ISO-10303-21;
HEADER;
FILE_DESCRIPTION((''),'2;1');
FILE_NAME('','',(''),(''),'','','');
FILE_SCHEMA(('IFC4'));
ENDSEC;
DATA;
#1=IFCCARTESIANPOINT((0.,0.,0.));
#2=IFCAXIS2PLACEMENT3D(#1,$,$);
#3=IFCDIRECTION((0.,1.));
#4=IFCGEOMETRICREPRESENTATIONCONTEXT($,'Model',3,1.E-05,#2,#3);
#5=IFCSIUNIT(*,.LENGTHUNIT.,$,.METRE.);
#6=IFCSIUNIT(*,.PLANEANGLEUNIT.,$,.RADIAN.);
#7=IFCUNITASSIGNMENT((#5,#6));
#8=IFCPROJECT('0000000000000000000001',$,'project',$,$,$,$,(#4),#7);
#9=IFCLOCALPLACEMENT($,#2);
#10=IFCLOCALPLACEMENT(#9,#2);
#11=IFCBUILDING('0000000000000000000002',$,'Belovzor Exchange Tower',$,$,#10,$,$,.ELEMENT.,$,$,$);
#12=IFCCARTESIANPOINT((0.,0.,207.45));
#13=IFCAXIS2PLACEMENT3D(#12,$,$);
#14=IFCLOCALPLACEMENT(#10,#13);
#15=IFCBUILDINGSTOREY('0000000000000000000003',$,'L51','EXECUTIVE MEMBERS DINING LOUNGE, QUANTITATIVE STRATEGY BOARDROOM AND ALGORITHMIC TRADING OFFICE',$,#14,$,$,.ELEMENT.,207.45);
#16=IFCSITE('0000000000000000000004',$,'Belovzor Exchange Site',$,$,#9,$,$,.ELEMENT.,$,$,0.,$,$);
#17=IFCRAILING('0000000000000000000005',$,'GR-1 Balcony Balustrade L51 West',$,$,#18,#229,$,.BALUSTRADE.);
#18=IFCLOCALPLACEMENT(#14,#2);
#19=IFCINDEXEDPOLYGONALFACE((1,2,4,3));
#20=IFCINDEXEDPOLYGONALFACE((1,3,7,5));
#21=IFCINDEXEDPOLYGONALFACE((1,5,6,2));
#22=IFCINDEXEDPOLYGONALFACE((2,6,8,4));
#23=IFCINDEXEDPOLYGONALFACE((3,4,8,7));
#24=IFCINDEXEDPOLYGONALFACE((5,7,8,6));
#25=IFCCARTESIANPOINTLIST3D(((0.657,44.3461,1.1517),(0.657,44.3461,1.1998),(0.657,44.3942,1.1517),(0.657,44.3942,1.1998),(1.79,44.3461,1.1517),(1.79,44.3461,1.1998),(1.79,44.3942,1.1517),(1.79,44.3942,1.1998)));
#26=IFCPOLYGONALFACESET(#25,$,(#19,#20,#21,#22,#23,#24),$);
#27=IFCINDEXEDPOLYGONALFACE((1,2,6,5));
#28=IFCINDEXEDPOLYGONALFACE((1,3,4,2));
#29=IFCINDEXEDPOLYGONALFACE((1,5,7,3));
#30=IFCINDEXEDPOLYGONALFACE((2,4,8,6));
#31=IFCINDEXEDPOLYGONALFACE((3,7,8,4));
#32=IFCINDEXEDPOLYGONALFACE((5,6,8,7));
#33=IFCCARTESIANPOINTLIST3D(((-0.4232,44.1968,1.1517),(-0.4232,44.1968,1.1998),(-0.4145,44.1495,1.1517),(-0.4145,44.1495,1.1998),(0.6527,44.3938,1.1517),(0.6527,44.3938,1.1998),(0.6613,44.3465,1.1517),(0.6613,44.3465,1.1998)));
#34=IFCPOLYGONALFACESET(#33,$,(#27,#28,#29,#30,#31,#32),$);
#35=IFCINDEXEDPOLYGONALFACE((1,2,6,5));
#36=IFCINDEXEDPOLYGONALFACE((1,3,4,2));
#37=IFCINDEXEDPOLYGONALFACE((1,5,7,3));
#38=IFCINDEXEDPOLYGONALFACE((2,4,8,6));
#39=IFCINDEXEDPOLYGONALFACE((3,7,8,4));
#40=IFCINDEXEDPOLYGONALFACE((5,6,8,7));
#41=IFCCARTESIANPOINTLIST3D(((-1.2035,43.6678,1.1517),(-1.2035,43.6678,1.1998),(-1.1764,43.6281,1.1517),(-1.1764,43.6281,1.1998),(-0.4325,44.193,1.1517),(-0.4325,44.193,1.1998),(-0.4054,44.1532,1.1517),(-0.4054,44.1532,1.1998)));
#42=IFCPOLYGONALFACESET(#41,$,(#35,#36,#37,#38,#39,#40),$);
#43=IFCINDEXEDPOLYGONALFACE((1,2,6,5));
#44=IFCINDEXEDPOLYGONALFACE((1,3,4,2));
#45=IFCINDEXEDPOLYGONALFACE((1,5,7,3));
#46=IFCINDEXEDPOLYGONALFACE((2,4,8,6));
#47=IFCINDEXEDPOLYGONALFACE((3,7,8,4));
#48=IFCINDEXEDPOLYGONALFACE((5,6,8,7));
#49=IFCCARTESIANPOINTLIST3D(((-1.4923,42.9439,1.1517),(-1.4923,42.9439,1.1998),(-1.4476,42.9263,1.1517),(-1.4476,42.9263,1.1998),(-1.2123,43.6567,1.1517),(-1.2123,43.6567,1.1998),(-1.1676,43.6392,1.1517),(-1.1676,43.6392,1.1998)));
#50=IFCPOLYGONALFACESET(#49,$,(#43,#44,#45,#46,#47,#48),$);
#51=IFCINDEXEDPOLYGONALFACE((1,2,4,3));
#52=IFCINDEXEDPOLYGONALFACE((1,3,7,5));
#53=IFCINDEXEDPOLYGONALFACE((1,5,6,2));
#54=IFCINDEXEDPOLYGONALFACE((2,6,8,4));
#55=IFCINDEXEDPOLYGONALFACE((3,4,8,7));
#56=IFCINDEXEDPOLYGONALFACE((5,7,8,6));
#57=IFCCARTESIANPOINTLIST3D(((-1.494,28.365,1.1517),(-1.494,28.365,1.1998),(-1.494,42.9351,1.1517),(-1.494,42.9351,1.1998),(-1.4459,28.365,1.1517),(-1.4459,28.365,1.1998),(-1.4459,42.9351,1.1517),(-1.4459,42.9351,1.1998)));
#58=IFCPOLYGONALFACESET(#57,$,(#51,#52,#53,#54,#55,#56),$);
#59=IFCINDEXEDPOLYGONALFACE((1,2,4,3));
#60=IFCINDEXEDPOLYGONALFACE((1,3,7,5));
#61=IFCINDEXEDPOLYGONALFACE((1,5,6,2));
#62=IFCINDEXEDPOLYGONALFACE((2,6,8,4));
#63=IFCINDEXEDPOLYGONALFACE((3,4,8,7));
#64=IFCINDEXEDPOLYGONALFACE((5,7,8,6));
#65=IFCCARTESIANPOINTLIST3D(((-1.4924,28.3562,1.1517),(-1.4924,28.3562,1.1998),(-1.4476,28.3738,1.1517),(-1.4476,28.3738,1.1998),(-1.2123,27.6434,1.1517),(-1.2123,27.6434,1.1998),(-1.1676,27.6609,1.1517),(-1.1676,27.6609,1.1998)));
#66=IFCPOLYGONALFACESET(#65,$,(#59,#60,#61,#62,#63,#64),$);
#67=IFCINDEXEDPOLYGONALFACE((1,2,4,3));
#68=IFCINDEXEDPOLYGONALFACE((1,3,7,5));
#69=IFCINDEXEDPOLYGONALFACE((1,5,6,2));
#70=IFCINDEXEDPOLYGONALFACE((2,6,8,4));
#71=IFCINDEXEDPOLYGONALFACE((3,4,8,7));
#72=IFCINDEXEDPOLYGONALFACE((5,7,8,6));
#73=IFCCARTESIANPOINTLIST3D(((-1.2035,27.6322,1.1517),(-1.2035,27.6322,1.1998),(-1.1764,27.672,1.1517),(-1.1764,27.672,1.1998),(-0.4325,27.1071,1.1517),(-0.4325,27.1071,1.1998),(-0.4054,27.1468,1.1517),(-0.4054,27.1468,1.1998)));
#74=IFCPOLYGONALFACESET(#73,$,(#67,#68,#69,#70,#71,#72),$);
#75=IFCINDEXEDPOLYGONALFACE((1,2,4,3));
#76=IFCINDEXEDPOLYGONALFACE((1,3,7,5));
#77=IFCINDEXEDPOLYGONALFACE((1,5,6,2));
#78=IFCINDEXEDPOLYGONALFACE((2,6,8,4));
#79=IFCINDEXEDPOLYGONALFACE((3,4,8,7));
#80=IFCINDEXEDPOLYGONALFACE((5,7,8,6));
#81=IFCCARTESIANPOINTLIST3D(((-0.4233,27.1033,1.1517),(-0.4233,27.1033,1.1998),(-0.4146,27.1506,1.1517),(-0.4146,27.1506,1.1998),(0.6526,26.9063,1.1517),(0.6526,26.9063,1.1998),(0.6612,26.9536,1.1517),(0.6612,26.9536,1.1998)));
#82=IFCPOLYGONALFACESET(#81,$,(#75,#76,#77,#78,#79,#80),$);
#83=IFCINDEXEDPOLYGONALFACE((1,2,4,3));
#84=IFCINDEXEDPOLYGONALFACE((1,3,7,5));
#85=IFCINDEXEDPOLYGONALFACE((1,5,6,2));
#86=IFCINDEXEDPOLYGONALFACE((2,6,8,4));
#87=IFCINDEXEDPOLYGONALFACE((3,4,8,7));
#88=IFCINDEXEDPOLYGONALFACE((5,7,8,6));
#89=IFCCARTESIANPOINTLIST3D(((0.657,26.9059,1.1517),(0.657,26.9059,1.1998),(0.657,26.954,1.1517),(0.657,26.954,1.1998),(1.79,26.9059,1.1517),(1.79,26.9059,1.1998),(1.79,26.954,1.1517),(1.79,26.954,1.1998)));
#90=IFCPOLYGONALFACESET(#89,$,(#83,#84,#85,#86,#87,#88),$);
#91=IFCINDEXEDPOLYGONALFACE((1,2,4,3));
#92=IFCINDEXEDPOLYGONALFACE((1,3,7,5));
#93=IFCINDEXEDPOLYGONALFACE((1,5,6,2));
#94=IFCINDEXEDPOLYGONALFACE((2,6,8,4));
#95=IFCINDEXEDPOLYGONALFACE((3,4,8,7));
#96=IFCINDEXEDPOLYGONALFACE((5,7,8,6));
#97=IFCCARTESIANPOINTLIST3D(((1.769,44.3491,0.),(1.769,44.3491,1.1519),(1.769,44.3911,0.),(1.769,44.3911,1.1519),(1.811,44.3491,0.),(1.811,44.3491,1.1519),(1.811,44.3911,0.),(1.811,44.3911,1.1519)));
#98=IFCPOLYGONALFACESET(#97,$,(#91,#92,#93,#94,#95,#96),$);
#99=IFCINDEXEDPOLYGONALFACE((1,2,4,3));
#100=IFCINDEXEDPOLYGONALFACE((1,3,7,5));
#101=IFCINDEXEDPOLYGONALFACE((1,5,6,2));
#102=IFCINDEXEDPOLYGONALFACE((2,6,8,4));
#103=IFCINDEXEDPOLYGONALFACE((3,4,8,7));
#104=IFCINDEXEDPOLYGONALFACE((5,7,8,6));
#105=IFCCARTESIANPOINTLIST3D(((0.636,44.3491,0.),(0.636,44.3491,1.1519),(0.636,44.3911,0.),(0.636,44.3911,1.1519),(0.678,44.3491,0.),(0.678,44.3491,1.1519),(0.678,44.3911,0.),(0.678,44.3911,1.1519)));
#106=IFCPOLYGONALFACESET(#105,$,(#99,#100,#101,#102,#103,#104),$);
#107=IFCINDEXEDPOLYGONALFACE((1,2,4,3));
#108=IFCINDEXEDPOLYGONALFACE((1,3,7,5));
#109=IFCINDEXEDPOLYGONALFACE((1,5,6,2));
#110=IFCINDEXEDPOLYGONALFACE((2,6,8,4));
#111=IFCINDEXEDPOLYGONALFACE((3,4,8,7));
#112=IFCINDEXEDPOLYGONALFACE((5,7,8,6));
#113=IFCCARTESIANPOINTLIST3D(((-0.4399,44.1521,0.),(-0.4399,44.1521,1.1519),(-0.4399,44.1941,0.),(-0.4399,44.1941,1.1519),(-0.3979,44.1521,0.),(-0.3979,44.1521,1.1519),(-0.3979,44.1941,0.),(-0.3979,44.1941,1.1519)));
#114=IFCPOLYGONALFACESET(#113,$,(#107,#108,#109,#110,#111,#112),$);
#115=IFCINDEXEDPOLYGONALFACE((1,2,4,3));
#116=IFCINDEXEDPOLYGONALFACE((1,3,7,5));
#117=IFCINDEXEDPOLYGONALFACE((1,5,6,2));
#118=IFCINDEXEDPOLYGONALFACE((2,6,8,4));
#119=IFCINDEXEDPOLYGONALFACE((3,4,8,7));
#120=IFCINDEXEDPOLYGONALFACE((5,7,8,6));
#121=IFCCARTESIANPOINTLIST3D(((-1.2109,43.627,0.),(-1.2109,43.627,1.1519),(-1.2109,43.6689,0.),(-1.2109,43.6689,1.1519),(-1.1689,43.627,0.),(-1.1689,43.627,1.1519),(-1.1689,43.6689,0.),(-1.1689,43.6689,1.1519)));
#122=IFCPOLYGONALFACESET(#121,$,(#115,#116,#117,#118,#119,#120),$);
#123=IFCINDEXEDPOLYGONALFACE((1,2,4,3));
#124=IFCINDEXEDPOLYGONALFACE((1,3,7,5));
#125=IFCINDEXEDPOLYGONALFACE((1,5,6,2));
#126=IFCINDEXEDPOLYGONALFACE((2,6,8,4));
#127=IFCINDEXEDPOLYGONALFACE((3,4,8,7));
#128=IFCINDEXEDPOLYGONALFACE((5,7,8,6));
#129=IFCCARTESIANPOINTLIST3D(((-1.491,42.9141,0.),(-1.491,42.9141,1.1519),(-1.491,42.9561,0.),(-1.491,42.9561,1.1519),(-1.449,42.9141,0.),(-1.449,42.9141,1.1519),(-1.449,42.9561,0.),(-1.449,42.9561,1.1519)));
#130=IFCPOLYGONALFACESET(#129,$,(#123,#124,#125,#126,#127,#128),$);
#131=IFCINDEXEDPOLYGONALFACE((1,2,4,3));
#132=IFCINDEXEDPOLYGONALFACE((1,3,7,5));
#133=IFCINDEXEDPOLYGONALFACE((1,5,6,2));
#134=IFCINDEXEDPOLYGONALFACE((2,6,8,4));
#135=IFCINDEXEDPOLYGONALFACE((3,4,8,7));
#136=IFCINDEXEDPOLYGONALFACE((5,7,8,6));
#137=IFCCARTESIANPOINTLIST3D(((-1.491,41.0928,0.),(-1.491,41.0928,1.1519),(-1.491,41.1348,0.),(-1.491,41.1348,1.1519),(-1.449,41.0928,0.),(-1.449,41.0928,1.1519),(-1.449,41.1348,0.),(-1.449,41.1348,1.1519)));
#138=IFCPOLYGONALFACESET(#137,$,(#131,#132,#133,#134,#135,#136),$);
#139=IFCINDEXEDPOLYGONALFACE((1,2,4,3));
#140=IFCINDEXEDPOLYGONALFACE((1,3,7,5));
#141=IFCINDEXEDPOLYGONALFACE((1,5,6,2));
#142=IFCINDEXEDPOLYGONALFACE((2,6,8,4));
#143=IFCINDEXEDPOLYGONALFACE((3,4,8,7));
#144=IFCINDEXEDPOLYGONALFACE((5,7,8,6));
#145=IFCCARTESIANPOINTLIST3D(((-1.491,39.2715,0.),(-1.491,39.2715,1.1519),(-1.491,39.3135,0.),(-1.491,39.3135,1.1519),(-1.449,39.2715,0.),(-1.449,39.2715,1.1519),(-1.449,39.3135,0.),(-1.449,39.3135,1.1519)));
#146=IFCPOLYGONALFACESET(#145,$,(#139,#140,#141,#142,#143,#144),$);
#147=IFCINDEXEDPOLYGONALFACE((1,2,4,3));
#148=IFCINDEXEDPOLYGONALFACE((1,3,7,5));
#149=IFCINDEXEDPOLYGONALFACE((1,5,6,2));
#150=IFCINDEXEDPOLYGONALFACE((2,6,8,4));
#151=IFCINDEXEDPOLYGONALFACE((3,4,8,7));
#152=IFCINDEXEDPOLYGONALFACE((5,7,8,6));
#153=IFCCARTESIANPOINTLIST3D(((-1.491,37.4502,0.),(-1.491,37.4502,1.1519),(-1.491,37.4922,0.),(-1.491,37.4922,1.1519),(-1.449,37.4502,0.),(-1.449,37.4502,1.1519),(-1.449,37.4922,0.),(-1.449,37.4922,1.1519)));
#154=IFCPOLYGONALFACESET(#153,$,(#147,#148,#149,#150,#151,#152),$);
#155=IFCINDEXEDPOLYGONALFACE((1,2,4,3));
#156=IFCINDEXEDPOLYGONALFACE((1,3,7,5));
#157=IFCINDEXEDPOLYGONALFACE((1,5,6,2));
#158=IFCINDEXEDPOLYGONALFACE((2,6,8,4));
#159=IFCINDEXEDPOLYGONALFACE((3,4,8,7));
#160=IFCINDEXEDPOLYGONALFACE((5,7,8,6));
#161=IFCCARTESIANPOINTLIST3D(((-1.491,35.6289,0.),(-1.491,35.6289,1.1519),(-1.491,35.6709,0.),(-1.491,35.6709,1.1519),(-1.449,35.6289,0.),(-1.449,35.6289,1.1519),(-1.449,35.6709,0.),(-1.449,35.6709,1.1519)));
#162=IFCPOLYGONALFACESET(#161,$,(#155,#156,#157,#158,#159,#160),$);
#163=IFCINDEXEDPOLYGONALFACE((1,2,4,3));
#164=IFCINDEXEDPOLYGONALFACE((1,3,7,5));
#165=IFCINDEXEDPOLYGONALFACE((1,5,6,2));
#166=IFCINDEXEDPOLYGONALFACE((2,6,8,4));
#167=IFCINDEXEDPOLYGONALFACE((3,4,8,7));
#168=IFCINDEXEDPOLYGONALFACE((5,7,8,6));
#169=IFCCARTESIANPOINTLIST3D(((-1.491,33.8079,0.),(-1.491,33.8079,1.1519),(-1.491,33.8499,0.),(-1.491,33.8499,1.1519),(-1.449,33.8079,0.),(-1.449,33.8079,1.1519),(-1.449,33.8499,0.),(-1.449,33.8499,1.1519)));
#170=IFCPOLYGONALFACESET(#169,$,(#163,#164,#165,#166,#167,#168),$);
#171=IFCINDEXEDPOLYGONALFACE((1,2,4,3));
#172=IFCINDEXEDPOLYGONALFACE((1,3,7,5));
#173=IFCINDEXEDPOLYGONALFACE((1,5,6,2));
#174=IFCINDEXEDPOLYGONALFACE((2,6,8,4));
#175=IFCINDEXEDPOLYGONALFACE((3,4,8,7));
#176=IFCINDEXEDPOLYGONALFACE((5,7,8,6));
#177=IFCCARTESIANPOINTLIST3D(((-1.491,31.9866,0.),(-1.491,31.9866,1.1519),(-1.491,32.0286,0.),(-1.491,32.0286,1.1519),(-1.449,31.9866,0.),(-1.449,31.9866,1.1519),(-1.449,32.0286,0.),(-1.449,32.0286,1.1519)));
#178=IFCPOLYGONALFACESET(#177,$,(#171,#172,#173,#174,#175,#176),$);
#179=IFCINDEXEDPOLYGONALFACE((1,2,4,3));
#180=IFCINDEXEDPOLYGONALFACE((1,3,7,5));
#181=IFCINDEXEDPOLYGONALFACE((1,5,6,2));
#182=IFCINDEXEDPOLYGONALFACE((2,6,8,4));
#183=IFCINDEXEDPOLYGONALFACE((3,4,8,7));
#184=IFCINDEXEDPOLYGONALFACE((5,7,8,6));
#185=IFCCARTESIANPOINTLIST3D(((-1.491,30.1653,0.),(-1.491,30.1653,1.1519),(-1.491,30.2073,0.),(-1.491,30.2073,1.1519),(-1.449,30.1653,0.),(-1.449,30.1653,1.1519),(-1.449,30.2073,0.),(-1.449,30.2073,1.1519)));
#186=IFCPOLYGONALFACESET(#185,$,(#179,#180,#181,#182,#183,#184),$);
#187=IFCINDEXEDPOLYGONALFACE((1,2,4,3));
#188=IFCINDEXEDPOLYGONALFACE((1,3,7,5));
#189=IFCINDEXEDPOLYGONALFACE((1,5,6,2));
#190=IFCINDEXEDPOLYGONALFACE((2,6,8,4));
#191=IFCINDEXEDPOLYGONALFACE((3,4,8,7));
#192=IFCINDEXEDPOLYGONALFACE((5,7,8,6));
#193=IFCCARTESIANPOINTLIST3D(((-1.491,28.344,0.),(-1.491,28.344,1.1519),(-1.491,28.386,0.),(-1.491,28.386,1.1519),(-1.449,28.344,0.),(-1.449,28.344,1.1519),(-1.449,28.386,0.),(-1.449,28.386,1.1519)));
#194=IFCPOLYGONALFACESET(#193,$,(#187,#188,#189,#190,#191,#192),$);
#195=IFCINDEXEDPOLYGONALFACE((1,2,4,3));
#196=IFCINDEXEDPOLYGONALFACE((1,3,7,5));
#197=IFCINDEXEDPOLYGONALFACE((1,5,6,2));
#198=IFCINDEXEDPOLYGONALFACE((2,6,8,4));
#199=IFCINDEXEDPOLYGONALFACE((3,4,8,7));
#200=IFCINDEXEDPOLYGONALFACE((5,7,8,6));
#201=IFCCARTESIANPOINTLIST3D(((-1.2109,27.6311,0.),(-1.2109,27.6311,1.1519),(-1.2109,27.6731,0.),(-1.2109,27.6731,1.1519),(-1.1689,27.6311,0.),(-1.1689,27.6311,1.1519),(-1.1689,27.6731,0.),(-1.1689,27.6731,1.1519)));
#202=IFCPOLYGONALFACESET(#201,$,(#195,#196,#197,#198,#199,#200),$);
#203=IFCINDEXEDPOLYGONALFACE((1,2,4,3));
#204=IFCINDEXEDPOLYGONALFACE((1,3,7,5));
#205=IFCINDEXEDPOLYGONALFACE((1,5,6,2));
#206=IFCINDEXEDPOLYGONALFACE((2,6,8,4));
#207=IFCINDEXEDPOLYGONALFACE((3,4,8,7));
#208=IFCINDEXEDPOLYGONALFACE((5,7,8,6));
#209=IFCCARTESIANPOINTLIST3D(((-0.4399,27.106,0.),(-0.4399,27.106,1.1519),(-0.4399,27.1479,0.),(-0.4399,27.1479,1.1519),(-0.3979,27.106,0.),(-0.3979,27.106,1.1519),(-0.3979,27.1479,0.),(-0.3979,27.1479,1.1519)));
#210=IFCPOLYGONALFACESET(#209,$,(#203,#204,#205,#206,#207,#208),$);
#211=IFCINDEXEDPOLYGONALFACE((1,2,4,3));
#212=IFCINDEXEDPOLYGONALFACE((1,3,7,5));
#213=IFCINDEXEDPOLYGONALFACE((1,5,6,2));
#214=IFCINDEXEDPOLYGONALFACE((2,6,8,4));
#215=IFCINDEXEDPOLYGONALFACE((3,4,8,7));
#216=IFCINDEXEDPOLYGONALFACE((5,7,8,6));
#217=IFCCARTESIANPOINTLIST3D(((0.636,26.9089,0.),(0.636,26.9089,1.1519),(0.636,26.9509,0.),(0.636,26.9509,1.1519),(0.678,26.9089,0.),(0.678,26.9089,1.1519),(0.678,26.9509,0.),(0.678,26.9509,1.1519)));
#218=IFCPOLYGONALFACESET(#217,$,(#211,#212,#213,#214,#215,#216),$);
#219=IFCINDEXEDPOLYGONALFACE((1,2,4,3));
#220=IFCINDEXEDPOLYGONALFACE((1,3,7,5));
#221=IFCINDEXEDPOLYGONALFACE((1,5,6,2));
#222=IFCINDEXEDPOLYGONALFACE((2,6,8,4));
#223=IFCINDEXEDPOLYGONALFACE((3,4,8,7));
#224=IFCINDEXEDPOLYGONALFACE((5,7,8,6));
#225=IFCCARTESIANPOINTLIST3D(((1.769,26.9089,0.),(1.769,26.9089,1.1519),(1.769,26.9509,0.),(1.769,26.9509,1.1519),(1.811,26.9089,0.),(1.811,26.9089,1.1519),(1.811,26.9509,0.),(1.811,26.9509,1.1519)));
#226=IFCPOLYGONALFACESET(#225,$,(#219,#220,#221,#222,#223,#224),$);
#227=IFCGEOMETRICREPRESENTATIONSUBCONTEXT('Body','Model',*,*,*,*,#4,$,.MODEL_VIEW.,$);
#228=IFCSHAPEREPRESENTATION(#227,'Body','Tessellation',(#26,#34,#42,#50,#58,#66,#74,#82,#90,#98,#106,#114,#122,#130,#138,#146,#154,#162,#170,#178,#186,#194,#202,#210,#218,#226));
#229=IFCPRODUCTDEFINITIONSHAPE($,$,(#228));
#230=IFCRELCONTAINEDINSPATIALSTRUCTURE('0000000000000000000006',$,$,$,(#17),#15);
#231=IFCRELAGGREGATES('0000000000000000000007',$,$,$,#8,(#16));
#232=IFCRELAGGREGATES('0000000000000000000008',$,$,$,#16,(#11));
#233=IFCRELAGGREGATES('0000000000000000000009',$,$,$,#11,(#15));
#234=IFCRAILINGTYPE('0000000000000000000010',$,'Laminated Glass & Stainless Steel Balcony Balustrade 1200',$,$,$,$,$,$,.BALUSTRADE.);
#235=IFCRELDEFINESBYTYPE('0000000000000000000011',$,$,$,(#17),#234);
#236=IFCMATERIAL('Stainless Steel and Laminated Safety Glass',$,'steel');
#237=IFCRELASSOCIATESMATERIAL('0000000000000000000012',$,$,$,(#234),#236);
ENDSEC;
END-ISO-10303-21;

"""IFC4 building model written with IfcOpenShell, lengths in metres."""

from ifc_helpers import new_model, si_unit, direction, frame, origin, origin_2d, place, context, subcontext, project, spatial, rectangle, extrude, material, type_object, element, save


model = new_model("IFC4")

# Units and contexts
model_context = context("Model", 3, precision=1e-05, world=origin(), true_north=direction((0.0, 1.0)))
body_context = subcontext(model_context, "Body", "Model", "MODEL_VIEW")
ifc_project = project(units=[si_unit("LENGTHUNIT", "METRE"), si_unit("PLANEANGLEUNIT", "RADIAN")], contexts=[model_context])

# Site, building, storey
site_placement = place(None, origin())
site = spatial("IfcSite", under=ifc_project, at=site_placement, Name="Belovzor Exchange Site", CompositionType="ELEMENT", RefElevation=0.0)
building_placement = place(site_placement, origin())
building = spatial("IfcBuilding", under=site, at=building_placement, Name="Belovzor Exchange Tower", CompositionType="ELEMENT")
storey_placement = place(building_placement, frame((0.0, 0.0, 207.45)))
storey = spatial("IfcBuildingStorey", under=building, at=storey_placement, Name="L51", Description="EXECUTIVE MEMBERS DINING LOUNGE, QUANTITATIVE STRATEGY BOARDROOM AND ALGORITHMIC TRADING OFFICE", CompositionType="ELEMENT", Elevation=207.45)

# Railing
ifc_material_1 = material(Name="Stainless Steel and Laminated Safety Glass", Category="steel")
railing_type = type_object("IfcRailingType", Name="Laminated Glass & Stainless Steel Balcony Balustrade 1200", PredefinedType="BALUSTRADE", material=ifc_material_1)
railing_placement = place(storey_placement, frame((1.79, 44.3701, 0.0)))
element("IfcRailing", 1, at=railing_placement, inside=storey, type_object=railing_type, Name="GR-1 Balcony Balustrade L51 West", PredefinedType="BALUSTRADE", context=body_context, shape_type="SweptSolid", body=[
    extrude(rectangle(XDim=0.0481, YDim=0.0481, at=origin_2d()), frame((0.0, 0.0, 1.1758), z_axis=(-1.0, 0.0, 0.0), x_axis=(0.0, -1.0, 0.0)), (0.0, 0.0, 1.0), 1.1331),
    extrude(rectangle(XDim=0.0481, YDim=0.0481, at=origin_2d()), frame((-1.1331, 0.0, 1.1758), z_axis=(-0.983644, -0.180123, 0.0), x_axis=(0.180123, -0.983644, 0.0)), (0.0, 0.0, 1.0), 1.0938),
    extrude(rectangle(XDim=0.0481, YDim=0.0481, at=origin_2d()), frame((-2.209, -0.197, 1.1758), z_axis=(-0.826493, -0.562947, 0.0), x_axis=(0.562947, -0.826493, 0.0)), (0.0, 0.0, 1.0), 0.9329),
    extrude(rectangle(XDim=0.0481, YDim=0.0481, at=origin_2d()), frame((-2.98, -0.7222, 1.1758), z_axis=(-0.365613, -0.930767, 0.0), x_axis=(0.930767, -0.365613, 0.0)), (0.0, 0.0, 1.0), 0.7659),
    extrude(rectangle(XDim=0.0481, YDim=0.0481, at=origin_2d()), frame((-3.26, -1.4351, 1.1758), z_axis=(0.0, -1.0, 0.0), x_axis=(1.0, 0.0, 0.0)), (0.0, 0.0, 1.0), 14.5701),
    extrude(rectangle(XDim=0.0481, YDim=0.0481, at=origin_2d()), frame((-3.26, -16.0051, 1.1758), z_axis=(0.365613, -0.930767, 0.0), x_axis=(0.930767, 0.365613, 0.0)), (0.0, 0.0, 1.0), 0.7659),
    extrude(rectangle(XDim=0.0481, YDim=0.0481, at=origin_2d()), frame((-2.98, -16.718, 1.1758), z_axis=(0.826493, -0.562947, 0.0), x_axis=(0.562947, 0.826493, 0.0)), (0.0, 0.0, 1.0), 0.9329),
    extrude(rectangle(XDim=0.0481, YDim=0.0481, at=origin_2d()), frame((-2.209, -17.2432, 1.1758), z_axis=(0.983644, -0.180123, 0.0), x_axis=(0.180123, 0.983644, 0.0)), (0.0, 0.0, 1.0), 1.0938),
    extrude(rectangle(XDim=0.0481, YDim=0.0481, at=origin_2d()), frame((-1.1331, -17.4402, 1.1758), z_axis=(1.0, 0.0, 0.0), x_axis=(0.0, 1.0, 0.0)), (0.0, 0.0, 1.0), 1.1331),
    extrude(rectangle(XDim=0.042, YDim=0.042, at=origin_2d()), origin(), (0.0, 0.0, 1.0), 1.1519),
    extrude(rectangle(XDim=0.042, YDim=0.042, at=origin_2d()), frame((-1.1331, 0.0, 0.0)), (0.0, 0.0, 1.0), 1.1519),
    extrude(rectangle(XDim=0.042, YDim=0.042, at=origin_2d()), frame((-2.209, -0.197, 0.0)), (0.0, 0.0, 1.0), 1.1519),
    extrude(rectangle(XDim=0.042, YDim=0.042, at=origin_2d()), frame((-2.98, -0.7222, 0.0)), (0.0, 0.0, 1.0), 1.1519),
    extrude(rectangle(XDim=0.042, YDim=0.042, at=origin_2d()), frame((-3.26, -1.4351, 0.0)), (0.0, 0.0, 1.0), 1.1519),
    extrude(rectangle(XDim=0.042, YDim=0.042, at=origin_2d()), frame((-3.26, -3.2563, 0.0)), (0.0, 0.0, 1.0), 1.1519),
    extrude(rectangle(XDim=0.042, YDim=0.042, at=origin_2d()), frame((-3.26, -5.0776, 0.0)), (0.0, 0.0, 1.0), 1.1519),
    extrude(rectangle(XDim=0.042, YDim=0.042, at=origin_2d()), frame((-3.26, -6.8989, 0.0)), (0.0, 0.0, 1.0), 1.1519),
    extrude(rectangle(XDim=0.042, YDim=0.042, at=origin_2d()), frame((-3.26, -8.7202, 0.0)), (0.0, 0.0, 1.0), 1.1519),
    extrude(rectangle(XDim=0.042, YDim=0.042, at=origin_2d()), frame((-3.26, -10.5413, 0.0)), (0.0, 0.0, 1.0), 1.1519),
    extrude(rectangle(XDim=0.042, YDim=0.042, at=origin_2d()), frame((-3.26, -12.3625, 0.0)), (0.0, 0.0, 1.0), 1.1519),
    extrude(rectangle(XDim=0.042, YDim=0.042, at=origin_2d()), frame((-3.26, -14.1838, 0.0)), (0.0, 0.0, 1.0), 1.1519),
    extrude(rectangle(XDim=0.042, YDim=0.042, at=origin_2d()), frame((-3.26, -16.0051, 0.0)), (0.0, 0.0, 1.0), 1.1519),
    extrude(rectangle(XDim=0.042, YDim=0.042, at=origin_2d()), frame((-2.98, -16.718, 0.0)), (0.0, 0.0, 1.0), 1.1519),
    extrude(rectangle(XDim=0.042, YDim=0.042, at=origin_2d()), frame((-2.209, -17.2432, 0.0)), (0.0, 0.0, 1.0), 1.1519),
    extrude(rectangle(XDim=0.042, YDim=0.042, at=origin_2d()), frame((-1.1331, -17.4402, 0.0)), (0.0, 0.0, 1.0), 1.1519),
    extrude(rectangle(XDim=0.042, YDim=0.042, at=origin_2d()), frame((0.0, -17.4402, 0.0)), (0.0, 0.0, 1.0), 1.1519),
])

save(model, "model.ifc")
